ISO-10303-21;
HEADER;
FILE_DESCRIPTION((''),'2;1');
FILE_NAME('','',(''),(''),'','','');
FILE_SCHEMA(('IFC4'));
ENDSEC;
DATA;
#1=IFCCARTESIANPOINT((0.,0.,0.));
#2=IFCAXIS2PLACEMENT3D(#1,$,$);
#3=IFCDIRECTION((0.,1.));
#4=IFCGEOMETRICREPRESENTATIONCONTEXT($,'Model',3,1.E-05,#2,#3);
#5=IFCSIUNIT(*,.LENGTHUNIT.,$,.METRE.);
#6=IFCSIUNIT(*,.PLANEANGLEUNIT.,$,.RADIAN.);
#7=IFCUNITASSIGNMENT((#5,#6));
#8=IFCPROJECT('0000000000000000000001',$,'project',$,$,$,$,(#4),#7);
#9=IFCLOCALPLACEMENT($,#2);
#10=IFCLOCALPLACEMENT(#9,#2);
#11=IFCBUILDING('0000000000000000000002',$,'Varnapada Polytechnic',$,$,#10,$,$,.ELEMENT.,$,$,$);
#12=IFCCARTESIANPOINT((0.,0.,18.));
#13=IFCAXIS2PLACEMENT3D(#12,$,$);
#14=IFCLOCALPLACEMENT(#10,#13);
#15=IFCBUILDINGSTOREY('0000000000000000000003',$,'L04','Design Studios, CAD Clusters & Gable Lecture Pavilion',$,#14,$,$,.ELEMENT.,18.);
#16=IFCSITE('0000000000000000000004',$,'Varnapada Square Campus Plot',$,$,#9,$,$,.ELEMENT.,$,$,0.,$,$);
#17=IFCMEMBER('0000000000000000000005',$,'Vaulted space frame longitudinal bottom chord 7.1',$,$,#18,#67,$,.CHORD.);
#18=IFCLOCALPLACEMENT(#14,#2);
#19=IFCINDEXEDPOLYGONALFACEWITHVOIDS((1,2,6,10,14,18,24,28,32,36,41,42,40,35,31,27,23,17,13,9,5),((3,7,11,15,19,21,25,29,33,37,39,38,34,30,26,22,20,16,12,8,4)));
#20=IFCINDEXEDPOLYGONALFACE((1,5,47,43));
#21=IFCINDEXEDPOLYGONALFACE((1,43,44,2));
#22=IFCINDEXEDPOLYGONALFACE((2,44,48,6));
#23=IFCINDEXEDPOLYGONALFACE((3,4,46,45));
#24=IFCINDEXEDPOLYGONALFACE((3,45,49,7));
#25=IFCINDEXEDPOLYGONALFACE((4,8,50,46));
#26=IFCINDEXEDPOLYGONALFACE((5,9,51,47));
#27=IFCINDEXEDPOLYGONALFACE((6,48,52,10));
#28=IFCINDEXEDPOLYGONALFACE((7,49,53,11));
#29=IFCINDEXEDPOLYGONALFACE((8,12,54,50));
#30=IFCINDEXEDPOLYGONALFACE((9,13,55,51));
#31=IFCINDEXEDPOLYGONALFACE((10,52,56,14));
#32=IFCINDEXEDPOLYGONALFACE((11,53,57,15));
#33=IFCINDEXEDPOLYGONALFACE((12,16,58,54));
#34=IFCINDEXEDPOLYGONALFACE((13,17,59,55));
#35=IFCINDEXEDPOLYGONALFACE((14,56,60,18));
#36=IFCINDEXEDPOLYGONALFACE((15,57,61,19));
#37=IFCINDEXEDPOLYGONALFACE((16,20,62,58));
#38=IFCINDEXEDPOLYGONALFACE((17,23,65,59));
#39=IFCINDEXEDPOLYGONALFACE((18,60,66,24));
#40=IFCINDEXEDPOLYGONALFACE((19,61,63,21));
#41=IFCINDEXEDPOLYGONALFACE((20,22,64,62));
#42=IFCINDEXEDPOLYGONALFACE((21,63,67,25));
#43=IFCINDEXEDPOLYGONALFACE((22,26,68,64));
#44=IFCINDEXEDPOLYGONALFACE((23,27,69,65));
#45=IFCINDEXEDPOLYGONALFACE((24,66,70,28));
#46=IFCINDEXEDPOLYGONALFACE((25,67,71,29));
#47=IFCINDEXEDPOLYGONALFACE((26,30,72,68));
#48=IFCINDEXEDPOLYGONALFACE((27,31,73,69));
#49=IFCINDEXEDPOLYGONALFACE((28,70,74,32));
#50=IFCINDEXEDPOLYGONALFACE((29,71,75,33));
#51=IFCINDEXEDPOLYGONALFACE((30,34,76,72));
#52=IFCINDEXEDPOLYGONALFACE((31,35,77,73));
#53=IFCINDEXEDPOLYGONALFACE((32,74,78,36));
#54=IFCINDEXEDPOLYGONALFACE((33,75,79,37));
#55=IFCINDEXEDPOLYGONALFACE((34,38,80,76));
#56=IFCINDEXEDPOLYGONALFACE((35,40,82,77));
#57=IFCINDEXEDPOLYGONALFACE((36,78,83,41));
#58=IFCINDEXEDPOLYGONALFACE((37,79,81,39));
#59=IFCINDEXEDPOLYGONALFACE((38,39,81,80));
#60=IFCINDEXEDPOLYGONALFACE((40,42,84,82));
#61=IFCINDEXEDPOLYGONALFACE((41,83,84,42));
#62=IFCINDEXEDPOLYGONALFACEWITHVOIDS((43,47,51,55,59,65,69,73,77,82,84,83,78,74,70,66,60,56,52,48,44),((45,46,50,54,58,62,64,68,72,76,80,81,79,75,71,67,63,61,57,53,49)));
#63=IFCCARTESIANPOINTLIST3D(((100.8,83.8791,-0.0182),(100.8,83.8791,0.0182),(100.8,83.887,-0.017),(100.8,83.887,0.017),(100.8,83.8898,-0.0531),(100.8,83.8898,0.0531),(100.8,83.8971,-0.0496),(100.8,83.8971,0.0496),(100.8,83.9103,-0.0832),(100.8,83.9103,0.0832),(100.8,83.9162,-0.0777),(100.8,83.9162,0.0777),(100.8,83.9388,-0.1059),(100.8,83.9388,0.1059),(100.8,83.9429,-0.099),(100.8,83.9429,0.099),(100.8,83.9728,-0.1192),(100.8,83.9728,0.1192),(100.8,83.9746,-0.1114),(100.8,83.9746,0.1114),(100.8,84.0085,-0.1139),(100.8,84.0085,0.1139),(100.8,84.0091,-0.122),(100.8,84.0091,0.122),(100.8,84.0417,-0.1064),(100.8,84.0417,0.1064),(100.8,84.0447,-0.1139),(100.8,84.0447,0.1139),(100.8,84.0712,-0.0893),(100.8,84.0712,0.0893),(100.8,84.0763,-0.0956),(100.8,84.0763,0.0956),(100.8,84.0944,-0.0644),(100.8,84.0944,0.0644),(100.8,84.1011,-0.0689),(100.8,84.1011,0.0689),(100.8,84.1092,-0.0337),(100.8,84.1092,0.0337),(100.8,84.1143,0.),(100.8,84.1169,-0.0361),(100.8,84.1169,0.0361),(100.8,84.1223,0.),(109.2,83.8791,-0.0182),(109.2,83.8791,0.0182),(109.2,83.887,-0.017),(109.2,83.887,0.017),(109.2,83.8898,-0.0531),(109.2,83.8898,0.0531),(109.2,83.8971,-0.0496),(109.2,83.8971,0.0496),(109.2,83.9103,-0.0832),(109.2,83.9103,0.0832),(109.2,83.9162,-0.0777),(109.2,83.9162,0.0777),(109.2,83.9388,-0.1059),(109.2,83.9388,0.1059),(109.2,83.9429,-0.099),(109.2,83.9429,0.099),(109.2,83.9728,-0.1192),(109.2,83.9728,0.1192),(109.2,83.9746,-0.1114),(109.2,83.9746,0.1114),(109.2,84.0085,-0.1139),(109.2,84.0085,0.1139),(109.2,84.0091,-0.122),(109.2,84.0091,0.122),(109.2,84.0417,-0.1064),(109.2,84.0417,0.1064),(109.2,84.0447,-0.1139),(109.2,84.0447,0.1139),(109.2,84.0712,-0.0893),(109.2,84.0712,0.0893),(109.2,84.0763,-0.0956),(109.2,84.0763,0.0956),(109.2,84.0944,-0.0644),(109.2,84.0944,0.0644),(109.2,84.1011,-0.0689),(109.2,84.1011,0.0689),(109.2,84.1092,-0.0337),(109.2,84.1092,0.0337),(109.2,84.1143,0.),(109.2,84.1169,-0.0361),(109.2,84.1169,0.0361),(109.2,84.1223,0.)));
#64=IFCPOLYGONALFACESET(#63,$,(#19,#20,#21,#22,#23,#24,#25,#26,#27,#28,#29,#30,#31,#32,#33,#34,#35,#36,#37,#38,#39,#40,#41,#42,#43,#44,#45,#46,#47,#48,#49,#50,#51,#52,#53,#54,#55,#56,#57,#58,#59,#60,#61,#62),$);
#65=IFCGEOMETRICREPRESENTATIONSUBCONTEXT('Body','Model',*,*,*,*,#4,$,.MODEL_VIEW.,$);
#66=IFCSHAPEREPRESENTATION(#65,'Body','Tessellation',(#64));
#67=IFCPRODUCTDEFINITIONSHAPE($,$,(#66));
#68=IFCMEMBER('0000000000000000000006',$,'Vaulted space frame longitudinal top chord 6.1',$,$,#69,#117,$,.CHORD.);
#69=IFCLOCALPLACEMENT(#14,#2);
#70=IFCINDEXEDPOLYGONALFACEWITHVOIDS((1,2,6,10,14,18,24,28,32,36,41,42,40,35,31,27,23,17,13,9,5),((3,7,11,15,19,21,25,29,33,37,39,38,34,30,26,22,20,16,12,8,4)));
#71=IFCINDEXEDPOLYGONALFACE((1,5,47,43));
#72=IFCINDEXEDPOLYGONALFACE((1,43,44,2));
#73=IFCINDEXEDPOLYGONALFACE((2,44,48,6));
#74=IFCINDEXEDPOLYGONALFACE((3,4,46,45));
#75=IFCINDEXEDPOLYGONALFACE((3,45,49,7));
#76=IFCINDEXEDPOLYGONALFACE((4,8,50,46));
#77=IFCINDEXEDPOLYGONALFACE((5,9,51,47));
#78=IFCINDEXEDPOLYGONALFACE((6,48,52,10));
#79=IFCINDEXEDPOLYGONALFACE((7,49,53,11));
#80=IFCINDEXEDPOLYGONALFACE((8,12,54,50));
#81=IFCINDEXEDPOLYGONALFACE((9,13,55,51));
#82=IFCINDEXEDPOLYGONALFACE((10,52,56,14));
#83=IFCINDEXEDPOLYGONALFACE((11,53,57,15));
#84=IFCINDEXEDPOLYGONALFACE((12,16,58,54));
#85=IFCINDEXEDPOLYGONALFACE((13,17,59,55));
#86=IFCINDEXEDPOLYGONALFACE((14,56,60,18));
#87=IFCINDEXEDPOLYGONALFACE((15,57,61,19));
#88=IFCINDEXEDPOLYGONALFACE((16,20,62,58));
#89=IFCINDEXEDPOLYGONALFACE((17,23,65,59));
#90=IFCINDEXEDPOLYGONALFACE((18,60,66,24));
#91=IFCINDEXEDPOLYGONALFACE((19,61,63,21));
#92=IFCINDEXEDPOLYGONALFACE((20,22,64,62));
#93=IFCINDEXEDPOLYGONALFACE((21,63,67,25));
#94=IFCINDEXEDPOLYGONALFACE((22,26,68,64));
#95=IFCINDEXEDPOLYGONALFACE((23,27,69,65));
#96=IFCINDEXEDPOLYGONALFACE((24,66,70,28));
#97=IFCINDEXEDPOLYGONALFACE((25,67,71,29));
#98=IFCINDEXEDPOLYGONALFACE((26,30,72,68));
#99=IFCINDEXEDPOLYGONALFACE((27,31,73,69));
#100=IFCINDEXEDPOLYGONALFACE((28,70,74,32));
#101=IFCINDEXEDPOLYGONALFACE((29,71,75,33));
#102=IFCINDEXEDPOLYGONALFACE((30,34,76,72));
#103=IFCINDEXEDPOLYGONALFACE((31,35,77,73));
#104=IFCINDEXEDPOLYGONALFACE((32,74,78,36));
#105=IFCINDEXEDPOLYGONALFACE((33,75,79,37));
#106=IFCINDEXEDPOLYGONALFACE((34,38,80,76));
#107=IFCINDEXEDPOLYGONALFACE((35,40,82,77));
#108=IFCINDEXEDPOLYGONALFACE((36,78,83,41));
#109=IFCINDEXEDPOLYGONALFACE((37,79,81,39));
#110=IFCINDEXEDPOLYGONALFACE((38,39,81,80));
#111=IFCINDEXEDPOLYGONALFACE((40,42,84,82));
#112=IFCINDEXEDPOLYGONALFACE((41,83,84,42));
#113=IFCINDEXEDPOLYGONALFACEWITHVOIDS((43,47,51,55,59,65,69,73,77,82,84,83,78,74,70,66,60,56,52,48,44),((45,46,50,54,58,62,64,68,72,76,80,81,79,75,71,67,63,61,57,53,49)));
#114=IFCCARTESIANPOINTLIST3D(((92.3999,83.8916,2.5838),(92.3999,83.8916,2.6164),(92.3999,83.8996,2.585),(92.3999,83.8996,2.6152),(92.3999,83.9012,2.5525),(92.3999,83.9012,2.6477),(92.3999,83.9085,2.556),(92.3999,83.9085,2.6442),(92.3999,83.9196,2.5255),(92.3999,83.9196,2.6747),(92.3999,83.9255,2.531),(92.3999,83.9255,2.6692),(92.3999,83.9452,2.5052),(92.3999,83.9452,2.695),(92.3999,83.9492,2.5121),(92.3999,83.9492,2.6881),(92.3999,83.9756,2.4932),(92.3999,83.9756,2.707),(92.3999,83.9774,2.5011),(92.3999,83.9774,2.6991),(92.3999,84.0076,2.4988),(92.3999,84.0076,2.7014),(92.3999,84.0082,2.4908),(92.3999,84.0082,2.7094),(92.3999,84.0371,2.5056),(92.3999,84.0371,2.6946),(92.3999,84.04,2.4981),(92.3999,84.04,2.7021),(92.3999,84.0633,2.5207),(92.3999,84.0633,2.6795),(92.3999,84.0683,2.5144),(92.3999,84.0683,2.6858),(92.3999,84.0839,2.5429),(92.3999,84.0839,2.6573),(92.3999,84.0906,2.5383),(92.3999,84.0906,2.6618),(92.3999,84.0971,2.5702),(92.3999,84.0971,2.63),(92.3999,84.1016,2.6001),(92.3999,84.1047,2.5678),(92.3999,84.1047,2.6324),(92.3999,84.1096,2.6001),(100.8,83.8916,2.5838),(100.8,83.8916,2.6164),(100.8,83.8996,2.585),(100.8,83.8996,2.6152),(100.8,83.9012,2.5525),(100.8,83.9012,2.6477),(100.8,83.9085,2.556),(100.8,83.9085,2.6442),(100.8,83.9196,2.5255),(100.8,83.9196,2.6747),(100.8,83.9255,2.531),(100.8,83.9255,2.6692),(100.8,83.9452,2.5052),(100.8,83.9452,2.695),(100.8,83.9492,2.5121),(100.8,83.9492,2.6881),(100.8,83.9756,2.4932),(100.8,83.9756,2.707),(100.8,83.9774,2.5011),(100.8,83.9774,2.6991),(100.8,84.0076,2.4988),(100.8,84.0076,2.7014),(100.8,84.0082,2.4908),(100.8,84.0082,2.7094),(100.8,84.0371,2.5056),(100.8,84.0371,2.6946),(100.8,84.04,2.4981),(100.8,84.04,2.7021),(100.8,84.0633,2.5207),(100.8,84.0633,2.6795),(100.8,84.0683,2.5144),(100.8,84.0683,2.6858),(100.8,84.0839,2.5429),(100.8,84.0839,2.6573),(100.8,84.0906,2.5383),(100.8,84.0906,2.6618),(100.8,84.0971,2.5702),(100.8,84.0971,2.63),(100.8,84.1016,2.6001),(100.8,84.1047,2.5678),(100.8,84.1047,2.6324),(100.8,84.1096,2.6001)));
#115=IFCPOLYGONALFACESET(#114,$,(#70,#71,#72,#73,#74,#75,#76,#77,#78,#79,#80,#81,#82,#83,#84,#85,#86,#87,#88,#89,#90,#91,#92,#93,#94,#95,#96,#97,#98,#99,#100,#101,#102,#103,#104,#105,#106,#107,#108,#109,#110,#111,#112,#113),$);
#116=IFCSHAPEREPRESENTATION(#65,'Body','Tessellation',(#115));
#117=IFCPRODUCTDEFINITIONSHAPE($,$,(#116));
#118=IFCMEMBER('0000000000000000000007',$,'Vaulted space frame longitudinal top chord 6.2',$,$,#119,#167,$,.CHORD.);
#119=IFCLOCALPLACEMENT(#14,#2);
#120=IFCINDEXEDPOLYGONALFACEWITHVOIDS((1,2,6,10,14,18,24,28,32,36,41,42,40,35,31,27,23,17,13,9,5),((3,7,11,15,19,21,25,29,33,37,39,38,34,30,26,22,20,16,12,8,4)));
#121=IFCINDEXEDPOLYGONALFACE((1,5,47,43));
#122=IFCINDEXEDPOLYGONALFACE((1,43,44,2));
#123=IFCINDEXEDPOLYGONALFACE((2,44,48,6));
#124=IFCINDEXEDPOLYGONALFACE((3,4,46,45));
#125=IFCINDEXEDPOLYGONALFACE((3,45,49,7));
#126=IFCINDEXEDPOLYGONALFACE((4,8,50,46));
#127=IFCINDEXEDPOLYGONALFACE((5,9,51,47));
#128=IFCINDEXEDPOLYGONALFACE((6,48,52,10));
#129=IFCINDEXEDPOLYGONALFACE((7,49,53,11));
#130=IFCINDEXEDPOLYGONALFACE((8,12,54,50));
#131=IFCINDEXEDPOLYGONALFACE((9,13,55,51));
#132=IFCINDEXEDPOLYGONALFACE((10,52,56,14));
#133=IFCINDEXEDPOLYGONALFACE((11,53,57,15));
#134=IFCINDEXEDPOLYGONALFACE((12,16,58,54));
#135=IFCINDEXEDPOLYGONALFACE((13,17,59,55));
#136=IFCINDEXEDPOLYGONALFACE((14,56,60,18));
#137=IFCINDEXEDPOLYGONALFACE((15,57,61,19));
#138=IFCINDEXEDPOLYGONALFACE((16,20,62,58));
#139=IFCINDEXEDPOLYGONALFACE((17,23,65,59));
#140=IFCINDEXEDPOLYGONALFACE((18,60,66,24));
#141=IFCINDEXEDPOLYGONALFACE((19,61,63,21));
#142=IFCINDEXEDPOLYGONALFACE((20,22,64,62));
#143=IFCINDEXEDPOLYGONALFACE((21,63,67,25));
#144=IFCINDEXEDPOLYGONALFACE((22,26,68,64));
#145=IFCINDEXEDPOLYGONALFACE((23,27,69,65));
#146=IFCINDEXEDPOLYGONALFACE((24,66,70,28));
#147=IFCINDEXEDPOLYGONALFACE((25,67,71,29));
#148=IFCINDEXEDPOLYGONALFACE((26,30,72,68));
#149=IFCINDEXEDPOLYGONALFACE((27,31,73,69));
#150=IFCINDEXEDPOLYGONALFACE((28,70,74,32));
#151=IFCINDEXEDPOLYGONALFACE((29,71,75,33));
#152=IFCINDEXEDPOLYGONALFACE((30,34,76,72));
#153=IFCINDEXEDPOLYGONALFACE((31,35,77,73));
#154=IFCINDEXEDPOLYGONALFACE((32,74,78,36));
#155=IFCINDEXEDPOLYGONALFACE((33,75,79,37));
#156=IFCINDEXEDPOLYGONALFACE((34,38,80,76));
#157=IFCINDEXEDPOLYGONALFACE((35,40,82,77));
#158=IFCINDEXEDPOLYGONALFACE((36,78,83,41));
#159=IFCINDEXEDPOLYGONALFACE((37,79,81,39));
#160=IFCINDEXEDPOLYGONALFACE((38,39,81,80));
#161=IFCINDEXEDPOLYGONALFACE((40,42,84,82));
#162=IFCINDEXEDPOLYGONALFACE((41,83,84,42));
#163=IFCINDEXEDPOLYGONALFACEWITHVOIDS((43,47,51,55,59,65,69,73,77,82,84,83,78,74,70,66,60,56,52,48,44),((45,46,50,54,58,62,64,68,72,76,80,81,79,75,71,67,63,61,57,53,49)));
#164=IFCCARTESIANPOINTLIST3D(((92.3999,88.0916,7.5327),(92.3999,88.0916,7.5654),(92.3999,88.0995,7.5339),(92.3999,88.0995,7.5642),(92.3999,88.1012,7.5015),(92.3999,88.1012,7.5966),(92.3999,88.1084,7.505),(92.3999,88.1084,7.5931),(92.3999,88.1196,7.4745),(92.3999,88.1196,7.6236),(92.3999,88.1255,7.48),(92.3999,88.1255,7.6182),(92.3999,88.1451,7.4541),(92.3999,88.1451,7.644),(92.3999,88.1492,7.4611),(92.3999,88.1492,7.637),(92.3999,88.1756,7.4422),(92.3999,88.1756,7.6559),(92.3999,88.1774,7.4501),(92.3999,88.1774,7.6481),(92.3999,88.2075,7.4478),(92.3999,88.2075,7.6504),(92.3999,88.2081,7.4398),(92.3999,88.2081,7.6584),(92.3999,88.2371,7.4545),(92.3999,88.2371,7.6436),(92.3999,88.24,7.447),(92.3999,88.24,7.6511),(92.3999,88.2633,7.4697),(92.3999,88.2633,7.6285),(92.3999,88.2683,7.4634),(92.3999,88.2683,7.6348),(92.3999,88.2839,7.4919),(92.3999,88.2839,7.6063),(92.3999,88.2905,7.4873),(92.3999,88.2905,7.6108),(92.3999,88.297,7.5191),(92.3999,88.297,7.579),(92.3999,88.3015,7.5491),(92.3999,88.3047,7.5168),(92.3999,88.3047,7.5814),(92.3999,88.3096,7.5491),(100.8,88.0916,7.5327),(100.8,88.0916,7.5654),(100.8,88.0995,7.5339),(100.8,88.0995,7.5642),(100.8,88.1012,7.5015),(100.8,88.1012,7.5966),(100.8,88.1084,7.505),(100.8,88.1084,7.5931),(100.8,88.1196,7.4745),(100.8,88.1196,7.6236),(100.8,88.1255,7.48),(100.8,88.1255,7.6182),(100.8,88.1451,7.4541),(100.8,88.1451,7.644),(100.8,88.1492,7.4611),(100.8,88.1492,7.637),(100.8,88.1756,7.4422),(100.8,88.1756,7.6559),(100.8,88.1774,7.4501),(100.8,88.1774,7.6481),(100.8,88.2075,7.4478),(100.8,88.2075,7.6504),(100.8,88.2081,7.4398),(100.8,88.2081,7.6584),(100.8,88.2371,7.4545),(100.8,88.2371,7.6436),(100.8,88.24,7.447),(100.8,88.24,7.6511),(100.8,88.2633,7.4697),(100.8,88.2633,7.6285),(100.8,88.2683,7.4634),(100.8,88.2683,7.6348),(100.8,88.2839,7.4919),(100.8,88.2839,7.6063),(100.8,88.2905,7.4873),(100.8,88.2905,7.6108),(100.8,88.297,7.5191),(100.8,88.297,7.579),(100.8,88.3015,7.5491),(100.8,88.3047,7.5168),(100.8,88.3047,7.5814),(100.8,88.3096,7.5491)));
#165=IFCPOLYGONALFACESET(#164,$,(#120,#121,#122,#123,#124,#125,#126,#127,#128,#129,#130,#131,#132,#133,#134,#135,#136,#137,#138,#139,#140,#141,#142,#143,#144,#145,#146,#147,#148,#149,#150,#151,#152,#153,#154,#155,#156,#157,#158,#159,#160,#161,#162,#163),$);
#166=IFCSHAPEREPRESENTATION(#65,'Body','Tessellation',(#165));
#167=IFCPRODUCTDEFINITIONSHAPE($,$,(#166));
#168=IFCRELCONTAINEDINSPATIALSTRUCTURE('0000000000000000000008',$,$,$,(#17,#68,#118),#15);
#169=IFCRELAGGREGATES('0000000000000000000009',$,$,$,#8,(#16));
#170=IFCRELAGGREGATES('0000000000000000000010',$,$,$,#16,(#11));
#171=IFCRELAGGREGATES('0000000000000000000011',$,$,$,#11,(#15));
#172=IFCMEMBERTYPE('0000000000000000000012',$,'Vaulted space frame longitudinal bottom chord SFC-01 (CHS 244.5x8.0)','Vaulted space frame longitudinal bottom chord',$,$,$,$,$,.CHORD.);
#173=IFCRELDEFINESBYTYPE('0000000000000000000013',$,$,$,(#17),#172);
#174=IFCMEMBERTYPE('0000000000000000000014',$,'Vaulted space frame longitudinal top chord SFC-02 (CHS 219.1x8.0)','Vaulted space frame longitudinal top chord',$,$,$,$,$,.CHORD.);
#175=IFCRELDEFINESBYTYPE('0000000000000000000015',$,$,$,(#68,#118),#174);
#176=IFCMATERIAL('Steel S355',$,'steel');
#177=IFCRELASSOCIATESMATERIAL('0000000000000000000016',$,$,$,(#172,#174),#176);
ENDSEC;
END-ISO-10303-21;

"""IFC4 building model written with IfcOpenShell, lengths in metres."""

from ifc_helpers import new_model, si_unit, direction, frame, origin, origin_2d, place, context, subcontext, project, spatial, hollow_circle, extrude, material, material_profile, profile_set, type_object, element, save


model = new_model("IFC4")

# Units and contexts
model_context = context("Model", 3, precision=1e-05, world=origin(), true_north=direction((0.0, 1.0)))
body_context = subcontext(model_context, "Body", "Model", "MODEL_VIEW")
ifc_project = project(units=[si_unit("LENGTHUNIT", "METRE"), si_unit("PLANEANGLEUNIT", "RADIAN")], contexts=[model_context])

# Site, building, storey
site_placement = place(None, origin())
site = spatial("IfcSite", under=ifc_project, at=site_placement, Name="Varnapada Square Campus Plot", CompositionType="ELEMENT", RefElevation=0.0)
building_placement = place(site_placement, origin())
building = spatial("IfcBuilding", under=site, at=building_placement, Name="Varnapada Polytechnic", CompositionType="ELEMENT")
storey_placement = place(building_placement, frame((0.0, 0.0, 18.0)))
storey = spatial("IfcBuildingStorey", under=building, at=storey_placement, Name="L04", Description="Design Studios, CAD Clusters & Gable Lecture Pavilion", CompositionType="ELEMENT", Elevation=18.0)

# Shared definitions
ifc_material = material(Name="Steel S355", Category="steel")

# Members
ifc_material_profile_1 = material_profile(ifc_material, hollow_circle(Radius=0.1223, WallThickness=0.0081, at=origin_2d()), Name="CHS 244.5x8.0")
ifc_profile_set_1 = profile_set([ifc_material_profile_1], Name="Steel S355")
member_type_1 = type_object("IfcMemberType", Name="Vaulted space frame longitudinal bottom chord SFC-01 (CHS 244.5x8.0)", Description="Vaulted space frame longitudinal bottom chord", PredefinedType="CHORD", material=ifc_profile_set_1)
member_1_placement = place(storey_placement, frame((100.8, 84.0, 0.0), z_axis=(1.0, 0.0, 0.0), x_axis=(0.0, 1.0, 0.0)))
element("IfcMember", 1, at=member_1_placement, inside=storey, type_object=member_type_1, Name="Vaulted space frame longitudinal bottom chord 7.1", PredefinedType="CHORD", context=body_context, shape_type="SweptSolid", body=[
    extrude(hollow_circle(Radius=0.1223, WallThickness=0.0081, at=origin_2d()), origin(), (0.0, 0.0, 1.0), 8.3999),
])
ifc_material_profile_2 = material_profile(ifc_material, hollow_circle(Radius=0.1096, WallThickness=0.0081, at=origin_2d()), Name="CHS 219.1x8.0")
ifc_profile_set_2 = profile_set([ifc_material_profile_2], Name="Steel S355")
member_type_2 = type_object("IfcMemberType", Name="Vaulted space frame longitudinal top chord SFC-02 (CHS 219.1x8.0)", Description="Vaulted space frame longitudinal top chord", PredefinedType="CHORD", material=ifc_profile_set_2)
for number, where, z_axis, x_axis, name in (
    (2, (92.3999, 84.0, 2.6001), (1.0, 0.0, 0.0), (0.0, 1.0, 0.0), "Vaulted space frame longitudinal top chord 6.1"),
    (3, (92.3999, 88.2, 7.5491), (1.0, 0.0, 0.0), (0.0, 1.0, 0.0), "Vaulted space frame longitudinal top chord 6.2"),
):
    element("IfcMember", number, at=place(storey_placement, frame(where, z_axis=z_axis, x_axis=x_axis)), inside=storey, type_object=member_type_2, Name=name, PredefinedType="CHORD", context=body_context, shape_type="SweptSolid", body=[
        extrude(hollow_circle(Radius=0.1096, WallThickness=0.0081, at=origin_2d()), origin(), (0.0, 0.0, 1.0), 8.4001),
    ])

save(model, "model.ifc")
